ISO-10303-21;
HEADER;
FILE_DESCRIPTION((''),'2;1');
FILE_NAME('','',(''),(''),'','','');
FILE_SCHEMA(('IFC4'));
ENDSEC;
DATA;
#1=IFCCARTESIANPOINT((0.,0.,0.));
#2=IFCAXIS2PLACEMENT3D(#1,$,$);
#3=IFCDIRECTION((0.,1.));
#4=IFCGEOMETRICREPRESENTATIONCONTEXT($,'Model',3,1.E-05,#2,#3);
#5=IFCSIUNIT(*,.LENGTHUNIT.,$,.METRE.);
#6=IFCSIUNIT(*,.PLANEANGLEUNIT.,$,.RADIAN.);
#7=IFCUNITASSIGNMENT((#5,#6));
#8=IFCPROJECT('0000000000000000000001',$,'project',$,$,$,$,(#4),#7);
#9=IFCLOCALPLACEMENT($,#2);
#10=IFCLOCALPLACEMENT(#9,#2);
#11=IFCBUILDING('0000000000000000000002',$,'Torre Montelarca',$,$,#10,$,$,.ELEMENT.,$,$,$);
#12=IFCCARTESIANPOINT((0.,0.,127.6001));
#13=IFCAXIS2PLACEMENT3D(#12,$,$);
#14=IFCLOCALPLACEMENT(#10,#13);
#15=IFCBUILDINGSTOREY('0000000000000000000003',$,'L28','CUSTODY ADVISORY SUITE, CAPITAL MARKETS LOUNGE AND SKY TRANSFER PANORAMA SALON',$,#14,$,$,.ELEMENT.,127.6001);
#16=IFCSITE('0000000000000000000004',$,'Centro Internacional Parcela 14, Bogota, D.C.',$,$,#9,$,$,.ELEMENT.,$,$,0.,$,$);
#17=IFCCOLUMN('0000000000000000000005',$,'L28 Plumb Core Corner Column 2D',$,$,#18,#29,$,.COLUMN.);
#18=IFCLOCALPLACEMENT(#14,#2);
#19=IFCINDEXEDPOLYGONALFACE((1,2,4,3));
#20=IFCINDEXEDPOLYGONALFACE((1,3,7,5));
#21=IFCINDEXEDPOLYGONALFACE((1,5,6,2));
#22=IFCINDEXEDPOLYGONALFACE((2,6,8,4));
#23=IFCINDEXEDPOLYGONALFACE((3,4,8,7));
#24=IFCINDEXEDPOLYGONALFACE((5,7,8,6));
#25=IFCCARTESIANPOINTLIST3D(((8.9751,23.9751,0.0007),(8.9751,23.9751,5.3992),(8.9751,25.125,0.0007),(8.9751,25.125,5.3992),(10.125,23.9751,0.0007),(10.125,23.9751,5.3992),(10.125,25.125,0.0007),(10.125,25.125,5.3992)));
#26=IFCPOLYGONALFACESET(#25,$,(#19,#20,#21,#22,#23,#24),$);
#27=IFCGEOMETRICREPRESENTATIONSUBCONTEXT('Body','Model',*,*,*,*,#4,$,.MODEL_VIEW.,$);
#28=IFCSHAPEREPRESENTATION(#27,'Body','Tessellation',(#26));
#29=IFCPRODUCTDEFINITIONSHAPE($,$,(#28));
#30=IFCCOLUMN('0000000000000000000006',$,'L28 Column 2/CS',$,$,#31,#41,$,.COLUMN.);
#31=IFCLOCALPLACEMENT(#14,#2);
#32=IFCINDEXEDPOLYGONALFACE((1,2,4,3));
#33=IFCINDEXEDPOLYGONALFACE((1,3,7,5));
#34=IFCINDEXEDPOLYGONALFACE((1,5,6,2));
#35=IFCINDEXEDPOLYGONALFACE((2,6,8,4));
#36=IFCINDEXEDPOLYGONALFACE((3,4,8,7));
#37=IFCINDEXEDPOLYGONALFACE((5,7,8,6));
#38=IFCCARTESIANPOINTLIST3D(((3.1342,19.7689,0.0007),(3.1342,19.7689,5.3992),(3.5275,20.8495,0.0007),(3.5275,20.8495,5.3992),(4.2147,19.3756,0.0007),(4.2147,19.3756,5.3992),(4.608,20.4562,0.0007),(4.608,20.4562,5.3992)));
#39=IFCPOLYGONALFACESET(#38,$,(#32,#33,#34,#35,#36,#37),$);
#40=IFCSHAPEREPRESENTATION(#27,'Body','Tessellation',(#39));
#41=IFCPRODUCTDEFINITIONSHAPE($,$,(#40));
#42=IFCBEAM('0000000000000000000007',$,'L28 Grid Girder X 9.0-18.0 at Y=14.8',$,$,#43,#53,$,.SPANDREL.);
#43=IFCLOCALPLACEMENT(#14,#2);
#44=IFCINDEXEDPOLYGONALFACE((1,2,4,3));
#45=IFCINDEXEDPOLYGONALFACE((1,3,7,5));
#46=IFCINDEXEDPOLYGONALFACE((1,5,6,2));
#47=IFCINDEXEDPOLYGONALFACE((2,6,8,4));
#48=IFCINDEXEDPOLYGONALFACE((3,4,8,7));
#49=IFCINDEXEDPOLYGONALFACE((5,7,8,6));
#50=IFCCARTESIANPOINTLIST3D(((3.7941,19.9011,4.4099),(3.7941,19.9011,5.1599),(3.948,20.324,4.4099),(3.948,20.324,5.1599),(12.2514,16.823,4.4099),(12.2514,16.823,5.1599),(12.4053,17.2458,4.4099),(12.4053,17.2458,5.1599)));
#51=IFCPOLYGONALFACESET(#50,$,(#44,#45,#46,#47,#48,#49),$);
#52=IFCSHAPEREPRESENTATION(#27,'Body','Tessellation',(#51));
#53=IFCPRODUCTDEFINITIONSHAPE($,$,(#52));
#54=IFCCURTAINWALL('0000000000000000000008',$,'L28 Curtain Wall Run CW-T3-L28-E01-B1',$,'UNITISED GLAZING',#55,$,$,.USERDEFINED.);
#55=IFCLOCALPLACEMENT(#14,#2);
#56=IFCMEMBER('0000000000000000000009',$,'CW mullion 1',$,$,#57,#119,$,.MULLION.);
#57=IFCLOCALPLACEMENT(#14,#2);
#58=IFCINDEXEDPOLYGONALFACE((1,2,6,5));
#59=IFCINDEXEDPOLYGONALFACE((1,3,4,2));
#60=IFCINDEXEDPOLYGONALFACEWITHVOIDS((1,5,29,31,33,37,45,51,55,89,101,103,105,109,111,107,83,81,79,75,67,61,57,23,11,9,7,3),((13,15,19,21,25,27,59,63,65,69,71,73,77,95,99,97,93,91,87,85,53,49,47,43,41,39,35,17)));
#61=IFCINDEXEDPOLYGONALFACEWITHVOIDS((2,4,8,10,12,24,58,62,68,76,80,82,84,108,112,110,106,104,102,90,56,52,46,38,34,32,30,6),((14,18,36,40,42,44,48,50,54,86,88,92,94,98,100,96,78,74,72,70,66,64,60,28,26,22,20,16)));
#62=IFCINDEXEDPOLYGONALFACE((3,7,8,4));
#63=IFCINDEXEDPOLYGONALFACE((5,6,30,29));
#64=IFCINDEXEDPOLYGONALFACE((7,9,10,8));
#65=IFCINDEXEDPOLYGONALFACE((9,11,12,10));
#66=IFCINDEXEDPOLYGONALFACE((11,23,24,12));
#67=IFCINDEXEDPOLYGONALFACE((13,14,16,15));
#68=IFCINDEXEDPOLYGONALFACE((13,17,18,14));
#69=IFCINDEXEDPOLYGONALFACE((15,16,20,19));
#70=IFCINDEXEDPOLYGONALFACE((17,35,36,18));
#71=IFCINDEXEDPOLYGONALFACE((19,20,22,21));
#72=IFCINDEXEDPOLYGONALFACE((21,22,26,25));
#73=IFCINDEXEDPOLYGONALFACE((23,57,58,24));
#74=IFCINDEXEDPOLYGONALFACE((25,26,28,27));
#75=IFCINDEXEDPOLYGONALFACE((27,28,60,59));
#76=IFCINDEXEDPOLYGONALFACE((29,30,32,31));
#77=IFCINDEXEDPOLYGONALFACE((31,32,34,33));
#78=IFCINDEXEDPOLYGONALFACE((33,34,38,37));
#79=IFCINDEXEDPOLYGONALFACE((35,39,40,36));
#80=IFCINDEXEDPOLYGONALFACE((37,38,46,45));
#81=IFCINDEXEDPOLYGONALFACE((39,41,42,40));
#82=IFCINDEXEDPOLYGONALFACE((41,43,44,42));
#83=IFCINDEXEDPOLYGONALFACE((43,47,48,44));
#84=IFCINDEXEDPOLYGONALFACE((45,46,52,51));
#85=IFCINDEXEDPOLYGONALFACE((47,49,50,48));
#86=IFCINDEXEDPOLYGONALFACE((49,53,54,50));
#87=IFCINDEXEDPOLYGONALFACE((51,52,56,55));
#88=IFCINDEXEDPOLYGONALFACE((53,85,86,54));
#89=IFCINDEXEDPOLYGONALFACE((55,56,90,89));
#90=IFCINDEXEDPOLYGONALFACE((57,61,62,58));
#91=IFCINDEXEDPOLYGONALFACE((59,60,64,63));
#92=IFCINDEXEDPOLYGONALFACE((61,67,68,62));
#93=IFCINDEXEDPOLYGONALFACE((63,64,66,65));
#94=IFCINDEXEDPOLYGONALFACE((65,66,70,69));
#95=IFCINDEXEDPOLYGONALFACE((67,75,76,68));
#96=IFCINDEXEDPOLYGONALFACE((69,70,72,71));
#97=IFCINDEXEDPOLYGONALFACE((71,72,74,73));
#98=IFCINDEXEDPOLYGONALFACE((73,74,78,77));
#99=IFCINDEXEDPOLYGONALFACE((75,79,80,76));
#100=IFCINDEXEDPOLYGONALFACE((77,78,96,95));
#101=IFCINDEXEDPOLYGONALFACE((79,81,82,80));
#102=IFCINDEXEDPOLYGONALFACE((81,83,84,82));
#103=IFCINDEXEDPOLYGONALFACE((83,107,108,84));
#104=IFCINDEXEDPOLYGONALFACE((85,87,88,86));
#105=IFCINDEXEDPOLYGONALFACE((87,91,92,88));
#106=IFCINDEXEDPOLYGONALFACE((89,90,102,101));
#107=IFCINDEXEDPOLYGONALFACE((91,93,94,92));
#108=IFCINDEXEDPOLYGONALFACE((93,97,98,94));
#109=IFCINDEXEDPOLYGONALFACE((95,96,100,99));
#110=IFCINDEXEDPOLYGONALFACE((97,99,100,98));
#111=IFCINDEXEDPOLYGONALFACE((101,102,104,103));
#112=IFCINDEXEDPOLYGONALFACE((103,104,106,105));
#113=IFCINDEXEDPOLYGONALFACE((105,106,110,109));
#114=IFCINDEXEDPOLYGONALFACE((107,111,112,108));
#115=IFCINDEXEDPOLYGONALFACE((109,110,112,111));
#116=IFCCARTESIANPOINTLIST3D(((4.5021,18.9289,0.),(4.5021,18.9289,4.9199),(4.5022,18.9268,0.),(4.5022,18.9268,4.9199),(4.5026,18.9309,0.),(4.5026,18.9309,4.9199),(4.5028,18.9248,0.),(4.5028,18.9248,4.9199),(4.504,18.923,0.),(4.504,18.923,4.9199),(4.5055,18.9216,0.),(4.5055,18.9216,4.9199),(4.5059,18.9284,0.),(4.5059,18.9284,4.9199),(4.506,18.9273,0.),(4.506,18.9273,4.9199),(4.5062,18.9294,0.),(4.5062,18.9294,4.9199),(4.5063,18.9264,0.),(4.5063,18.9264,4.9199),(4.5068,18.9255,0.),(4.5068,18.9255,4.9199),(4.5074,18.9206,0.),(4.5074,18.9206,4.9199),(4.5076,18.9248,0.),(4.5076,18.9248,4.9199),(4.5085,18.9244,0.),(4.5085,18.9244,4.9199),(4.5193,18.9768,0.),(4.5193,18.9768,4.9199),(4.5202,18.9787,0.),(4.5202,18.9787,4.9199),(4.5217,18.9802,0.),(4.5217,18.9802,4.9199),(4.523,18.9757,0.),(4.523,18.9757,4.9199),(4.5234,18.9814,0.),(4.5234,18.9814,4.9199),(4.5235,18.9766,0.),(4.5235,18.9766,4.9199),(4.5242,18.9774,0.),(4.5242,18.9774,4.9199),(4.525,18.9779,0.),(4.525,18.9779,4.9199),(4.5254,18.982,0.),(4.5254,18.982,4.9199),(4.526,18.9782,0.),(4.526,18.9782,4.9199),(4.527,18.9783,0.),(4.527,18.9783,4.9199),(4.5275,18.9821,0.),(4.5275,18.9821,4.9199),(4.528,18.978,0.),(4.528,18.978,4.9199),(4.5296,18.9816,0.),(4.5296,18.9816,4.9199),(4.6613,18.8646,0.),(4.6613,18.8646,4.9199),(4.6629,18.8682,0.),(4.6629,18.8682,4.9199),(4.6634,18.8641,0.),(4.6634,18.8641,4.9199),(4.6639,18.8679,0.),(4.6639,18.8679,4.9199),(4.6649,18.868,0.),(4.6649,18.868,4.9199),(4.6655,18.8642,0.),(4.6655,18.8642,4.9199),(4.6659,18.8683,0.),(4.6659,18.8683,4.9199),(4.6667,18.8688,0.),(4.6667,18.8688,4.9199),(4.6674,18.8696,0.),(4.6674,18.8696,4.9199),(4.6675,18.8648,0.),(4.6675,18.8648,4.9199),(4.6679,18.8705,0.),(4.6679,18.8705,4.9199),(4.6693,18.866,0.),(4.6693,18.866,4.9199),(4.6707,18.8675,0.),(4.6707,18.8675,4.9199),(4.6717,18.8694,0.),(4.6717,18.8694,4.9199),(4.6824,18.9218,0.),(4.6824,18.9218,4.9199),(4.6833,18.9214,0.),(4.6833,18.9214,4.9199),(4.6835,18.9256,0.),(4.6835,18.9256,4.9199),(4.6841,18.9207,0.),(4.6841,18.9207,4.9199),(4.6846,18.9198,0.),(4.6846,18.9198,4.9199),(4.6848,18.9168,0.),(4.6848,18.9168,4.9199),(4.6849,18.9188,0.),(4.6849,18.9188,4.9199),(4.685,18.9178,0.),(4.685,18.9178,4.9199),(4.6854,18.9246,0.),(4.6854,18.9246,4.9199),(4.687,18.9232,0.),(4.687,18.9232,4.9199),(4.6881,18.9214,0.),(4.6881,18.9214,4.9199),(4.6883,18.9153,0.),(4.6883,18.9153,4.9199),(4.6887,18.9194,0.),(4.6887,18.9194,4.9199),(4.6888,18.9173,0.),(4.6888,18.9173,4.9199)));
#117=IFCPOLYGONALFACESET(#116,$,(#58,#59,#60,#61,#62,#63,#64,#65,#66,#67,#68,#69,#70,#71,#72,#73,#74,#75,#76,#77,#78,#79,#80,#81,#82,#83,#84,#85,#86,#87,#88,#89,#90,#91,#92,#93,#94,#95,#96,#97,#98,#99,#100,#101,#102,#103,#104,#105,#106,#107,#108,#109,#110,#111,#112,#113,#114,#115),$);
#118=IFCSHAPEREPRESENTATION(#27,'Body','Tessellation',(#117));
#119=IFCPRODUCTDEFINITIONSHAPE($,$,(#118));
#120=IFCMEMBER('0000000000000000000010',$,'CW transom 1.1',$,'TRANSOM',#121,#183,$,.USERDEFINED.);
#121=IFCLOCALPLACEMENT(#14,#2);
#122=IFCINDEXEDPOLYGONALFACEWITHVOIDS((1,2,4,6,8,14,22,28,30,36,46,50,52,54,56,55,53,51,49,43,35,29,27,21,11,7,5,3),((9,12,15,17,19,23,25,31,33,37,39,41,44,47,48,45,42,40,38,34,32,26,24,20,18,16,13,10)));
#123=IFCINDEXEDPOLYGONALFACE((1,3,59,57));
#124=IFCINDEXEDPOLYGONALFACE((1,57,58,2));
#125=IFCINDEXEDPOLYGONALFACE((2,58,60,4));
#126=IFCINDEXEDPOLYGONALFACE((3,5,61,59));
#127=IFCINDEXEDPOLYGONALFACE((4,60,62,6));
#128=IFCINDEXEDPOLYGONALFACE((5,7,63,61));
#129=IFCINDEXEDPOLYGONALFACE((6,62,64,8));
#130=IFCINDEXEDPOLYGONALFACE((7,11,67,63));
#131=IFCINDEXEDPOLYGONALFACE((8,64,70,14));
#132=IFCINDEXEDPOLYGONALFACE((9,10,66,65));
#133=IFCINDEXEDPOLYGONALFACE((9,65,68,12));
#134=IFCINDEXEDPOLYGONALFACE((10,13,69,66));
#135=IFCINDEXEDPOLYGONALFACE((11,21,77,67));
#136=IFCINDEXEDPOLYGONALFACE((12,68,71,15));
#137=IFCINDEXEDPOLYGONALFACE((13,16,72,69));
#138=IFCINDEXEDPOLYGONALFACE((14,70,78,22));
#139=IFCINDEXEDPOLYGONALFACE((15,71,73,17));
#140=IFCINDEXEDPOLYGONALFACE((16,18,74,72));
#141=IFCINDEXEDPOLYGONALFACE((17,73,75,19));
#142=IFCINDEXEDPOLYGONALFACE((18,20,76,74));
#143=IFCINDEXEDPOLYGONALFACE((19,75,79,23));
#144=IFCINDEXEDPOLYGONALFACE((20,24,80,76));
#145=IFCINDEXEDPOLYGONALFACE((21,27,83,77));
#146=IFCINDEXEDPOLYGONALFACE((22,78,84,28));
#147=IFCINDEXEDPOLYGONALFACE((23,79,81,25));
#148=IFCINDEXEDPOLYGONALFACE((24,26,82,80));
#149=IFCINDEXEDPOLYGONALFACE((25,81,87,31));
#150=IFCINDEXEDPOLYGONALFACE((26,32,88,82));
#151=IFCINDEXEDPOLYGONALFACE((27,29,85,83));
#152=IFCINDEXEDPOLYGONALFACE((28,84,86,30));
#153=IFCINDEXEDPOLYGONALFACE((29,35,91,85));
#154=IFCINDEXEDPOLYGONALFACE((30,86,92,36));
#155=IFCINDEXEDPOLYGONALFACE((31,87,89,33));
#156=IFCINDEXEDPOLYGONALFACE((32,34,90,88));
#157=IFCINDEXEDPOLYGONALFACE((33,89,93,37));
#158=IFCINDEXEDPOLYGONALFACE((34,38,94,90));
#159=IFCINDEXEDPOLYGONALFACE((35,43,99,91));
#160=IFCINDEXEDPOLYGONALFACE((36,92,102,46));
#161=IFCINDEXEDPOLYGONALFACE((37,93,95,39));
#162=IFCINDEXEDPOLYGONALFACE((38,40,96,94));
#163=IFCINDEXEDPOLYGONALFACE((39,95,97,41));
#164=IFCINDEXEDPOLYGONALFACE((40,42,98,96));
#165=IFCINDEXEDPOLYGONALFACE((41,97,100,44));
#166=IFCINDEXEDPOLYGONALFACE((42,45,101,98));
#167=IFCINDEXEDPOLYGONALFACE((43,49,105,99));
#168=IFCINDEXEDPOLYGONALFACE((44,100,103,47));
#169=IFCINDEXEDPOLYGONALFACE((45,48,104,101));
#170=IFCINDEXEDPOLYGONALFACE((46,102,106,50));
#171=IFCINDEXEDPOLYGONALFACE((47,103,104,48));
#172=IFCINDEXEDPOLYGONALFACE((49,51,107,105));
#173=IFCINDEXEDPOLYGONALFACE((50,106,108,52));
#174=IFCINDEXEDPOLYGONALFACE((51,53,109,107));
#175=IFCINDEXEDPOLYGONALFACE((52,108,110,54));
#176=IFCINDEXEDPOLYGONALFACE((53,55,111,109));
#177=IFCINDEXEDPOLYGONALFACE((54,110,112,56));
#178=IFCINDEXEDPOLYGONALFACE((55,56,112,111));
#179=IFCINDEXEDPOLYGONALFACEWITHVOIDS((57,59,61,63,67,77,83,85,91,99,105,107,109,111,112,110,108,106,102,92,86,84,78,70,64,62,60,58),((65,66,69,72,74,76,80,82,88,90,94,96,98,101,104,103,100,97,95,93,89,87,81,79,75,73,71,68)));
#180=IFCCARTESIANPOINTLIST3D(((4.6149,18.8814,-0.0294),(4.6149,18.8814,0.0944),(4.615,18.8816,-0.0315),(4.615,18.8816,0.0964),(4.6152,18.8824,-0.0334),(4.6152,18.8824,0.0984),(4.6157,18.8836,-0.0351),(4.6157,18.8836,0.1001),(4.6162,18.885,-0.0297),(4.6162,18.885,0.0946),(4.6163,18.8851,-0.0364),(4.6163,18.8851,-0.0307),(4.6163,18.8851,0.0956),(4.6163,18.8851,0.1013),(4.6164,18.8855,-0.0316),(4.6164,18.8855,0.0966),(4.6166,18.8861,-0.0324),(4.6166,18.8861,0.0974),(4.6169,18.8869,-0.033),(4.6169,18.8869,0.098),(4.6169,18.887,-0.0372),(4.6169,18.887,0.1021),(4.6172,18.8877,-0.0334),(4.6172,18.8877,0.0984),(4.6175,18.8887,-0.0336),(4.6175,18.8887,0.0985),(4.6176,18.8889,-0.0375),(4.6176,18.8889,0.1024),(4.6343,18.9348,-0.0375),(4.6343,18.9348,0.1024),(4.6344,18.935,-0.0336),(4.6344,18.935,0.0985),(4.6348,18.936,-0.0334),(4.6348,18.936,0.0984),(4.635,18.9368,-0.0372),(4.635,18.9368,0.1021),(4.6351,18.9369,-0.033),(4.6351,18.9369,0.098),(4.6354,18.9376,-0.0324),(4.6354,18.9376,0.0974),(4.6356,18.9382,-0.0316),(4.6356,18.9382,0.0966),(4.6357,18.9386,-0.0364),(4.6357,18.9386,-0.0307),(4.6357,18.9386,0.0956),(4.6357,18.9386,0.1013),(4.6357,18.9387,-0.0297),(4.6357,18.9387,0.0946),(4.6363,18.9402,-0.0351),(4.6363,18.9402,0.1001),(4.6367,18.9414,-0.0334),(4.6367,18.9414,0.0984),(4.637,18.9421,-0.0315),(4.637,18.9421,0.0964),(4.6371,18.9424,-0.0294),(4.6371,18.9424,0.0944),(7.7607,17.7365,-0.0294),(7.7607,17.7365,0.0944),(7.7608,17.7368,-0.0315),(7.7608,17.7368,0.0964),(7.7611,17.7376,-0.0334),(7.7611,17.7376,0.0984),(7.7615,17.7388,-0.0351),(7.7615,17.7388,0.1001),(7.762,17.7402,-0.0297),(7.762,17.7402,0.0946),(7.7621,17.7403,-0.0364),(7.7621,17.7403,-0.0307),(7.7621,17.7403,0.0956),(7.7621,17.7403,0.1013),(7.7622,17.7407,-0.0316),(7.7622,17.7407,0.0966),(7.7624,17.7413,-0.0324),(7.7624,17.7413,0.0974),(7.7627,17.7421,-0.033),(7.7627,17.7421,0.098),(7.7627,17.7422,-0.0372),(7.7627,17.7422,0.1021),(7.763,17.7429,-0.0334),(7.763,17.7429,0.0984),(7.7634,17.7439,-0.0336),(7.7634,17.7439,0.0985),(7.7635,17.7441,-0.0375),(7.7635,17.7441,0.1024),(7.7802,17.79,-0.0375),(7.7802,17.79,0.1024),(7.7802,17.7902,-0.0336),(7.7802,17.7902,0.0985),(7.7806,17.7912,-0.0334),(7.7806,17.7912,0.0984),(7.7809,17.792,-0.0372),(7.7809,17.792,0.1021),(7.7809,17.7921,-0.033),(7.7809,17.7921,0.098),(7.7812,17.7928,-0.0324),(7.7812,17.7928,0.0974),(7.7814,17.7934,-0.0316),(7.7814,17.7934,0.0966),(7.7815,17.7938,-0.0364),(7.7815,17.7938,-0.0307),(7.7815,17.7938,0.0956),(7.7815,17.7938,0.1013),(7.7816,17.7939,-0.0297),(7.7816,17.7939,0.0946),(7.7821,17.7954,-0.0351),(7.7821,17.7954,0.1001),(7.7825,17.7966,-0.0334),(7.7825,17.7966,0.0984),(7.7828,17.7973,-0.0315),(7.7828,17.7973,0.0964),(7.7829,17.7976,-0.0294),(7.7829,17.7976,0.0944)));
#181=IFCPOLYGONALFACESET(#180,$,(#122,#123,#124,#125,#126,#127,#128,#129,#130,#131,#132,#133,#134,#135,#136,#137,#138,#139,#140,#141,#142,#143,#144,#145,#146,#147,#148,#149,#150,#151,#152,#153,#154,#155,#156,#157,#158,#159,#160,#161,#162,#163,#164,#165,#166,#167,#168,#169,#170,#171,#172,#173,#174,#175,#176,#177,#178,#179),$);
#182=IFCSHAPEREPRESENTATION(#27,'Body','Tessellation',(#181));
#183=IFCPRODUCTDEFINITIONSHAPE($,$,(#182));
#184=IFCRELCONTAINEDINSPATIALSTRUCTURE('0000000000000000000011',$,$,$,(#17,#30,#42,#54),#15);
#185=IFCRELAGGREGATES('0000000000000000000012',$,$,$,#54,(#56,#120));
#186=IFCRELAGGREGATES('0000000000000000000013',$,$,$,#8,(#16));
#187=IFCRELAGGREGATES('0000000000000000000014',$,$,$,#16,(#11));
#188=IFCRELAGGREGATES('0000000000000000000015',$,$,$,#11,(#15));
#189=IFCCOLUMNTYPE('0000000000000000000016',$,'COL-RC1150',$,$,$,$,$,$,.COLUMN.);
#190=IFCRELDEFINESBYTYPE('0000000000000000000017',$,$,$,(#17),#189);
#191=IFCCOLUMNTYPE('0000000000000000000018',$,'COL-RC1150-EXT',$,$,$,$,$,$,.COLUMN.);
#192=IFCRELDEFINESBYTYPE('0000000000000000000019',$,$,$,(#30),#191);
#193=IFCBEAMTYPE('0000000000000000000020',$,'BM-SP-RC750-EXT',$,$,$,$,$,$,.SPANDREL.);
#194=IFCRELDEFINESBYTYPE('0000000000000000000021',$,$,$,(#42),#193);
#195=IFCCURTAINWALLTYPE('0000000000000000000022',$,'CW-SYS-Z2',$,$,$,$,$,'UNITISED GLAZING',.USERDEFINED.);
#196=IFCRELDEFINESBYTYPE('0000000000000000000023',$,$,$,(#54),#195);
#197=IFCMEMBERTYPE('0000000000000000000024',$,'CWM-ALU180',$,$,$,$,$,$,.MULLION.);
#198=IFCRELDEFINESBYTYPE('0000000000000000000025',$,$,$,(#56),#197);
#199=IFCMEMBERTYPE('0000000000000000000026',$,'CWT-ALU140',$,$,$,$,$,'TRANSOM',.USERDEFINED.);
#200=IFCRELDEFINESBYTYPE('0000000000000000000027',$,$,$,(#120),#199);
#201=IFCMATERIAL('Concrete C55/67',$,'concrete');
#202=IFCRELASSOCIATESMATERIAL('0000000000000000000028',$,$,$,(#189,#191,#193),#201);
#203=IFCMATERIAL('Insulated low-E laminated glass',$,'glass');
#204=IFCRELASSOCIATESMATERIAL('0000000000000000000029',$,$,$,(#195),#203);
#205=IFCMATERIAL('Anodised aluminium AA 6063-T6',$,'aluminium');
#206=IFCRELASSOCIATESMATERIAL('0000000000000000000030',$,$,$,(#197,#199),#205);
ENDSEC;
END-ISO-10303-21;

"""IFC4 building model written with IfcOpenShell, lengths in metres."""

from ifc_helpers import new_model, si_unit, direction, frame, origin, origin_2d, place, context, subcontext, project, spatial, rectangle, hollow_rectangle, extrude, source, transform, mapped, material, material_profile, profile_set, type_object, element, aggregate, save


model = new_model("IFC4")

# Units and contexts
model_context = context("Model", 3, precision=1e-05, world=origin(), true_north=direction((0.0, 1.0)))
body_context = subcontext(model_context, "Body", "Model", "MODEL_VIEW")
ifc_project = project(units=[si_unit("LENGTHUNIT", "METRE"), si_unit("PLANEANGLEUNIT", "RADIAN")], contexts=[model_context])

# Site, building, storey
site_placement = place(None, origin())
site = spatial("IfcSite", under=ifc_project, at=site_placement, Name="Centro Internacional Parcela 14, Bogota, D.C.", CompositionType="ELEMENT", RefElevation=0.0)
building_placement = place(site_placement, origin())
building = spatial("IfcBuilding", under=site, at=building_placement, Name="Torre Montelarca", CompositionType="ELEMENT")
storey_placement = place(building_placement, frame((0.0, 0.0, 127.6001)))
storey = spatial("IfcBuildingStorey", under=building, at=storey_placement, Name="L28", Description="CUSTODY ADVISORY SUITE, CAPITAL MARKETS LOUNGE AND SKY TRANSFER PANORAMA SALON", CompositionType="ELEMENT", Elevation=127.6001)

# Columns
ifc_material_1 = material(Name="Concrete C55/67", Category="concrete")
ifc_material_profile_1 = material_profile(ifc_material_1, rectangle(XDim=1.1499, YDim=1.1499, at=origin_2d()), Name="RC1150X1150", Category="concrete")
ifc_profile_set_1 = profile_set([ifc_material_profile_1], Name="Concrete C55/67")
column_type_1 = type_object("IfcColumnType", Name="COL-RC1150", PredefinedType="COLUMN", material=ifc_profile_set_1)
shared_shape_1 = source(origin(), body_context, "Body", "SweptSolid", [
    extrude(rectangle(XDim=1.1499, YDim=1.1499, at=origin_2d()), origin(), (0.0, 0.0, 1.0), 5.3984),
])
column_1_placement = place(storey_placement, frame((9.55, 24.55, 0.0007), z_axis=(0.0, 0.0, 1.0), x_axis=(1.0, 0.0, 0.0)))
element("IfcColumn", 1, at=column_1_placement, inside=storey, type_object=column_type_1, Name="L28 Plumb Core Corner Column 2D", PredefinedType="COLUMN", context=body_context, shape_type="MappedRepresentation", body=[
    mapped(shared_shape_1, transform((0.0, 0.0, 0.0), scale=1.0)),
])
ifc_material_profile_2 = material_profile(ifc_material_1, rectangle(XDim=1.1499, YDim=1.1499, at=origin_2d()), Name="RC1150X1150", Category="concrete")
ifc_profile_set_2 = profile_set([ifc_material_profile_2], Name="Concrete C55/67")
column_type_2 = type_object("IfcColumnType", Name="COL-RC1150-EXT", PredefinedType="COLUMN", material=ifc_profile_set_2)
shared_shape_2 = source(origin(), body_context, "Body", "SweptSolid", [
    extrude(rectangle(XDim=1.1499, YDim=1.1499, at=origin_2d()), origin(), (0.0, 0.0, 1.0), 5.3984),
])
column_2_placement = place(storey_placement, frame((3.8711, 20.1125, 0.0007), z_axis=(0.0, 0.0, 1.0), x_axis=(-0.939693, 0.34202, 0.0)))
element("IfcColumn", 2, at=column_2_placement, inside=storey, type_object=column_type_2, Name="L28 Column 2/CS", PredefinedType="COLUMN", context=body_context, shape_type="MappedRepresentation", body=[
    mapped(shared_shape_2, transform((0.0, 0.0, 0.0), scale=1.0)),
])

# Beam
ifc_material_profile_3 = material_profile(ifc_material_1, rectangle(XDim=0.45, YDim=0.75, at=origin_2d()), Name="RCB450X750", Category="concrete")
ifc_profile_set_3 = profile_set([ifc_material_profile_3], Name="Concrete C55/67")
beam_type = type_object("IfcBeamType", Name="BM-SP-RC750-EXT", PredefinedType="SPANDREL", material=ifc_profile_set_3)
shared_shape_3 = source(origin(), body_context, "Body", "SweptSolid", [
    extrude(rectangle(XDim=0.45, YDim=0.75, at=origin_2d()), origin(), (0.0, 0.0, 1.0), 9.0),
])
beam_placement = place(storey_placement, frame((3.8711, 20.1125, 4.7849), z_axis=(0.939695, -0.342013, 0.0), x_axis=(0.342013, 0.939695, 0.0)))
element("IfcBeam", 3, at=beam_placement, inside=storey, type_object=beam_type, Name="L28 Grid Girder X 9.0-18.0 at Y=14.8", PredefinedType="SPANDREL", context=body_context, shape_type="MappedRepresentation", body=[
    mapped(shared_shape_3, transform((0.0, 0.0, 0.0), scale=1.0)),
])

# Curtain wall, members
ifc_material_2 = material(Name="Insulated low-E laminated glass", Category="glass")
curtain_wall_type = type_object("IfcCurtainWallType", Name="CW-SYS-Z2", ElementType="UNITISED GLAZING", PredefinedType="USERDEFINED", material=ifc_material_2)
curtain_wall_placement = place(storey_placement, origin())
curtain_wall = element("IfcCurtainWall", 4, at=curtain_wall_placement, inside=storey, type_object=curtain_wall_type, Name="L28 Curtain Wall Run CW-T3-L28-E01-B1", ObjectType="UNITISED GLAZING", PredefinedType="USERDEFINED")
ifc_material_3 = material(Name="Anodised aluminium AA 6063-T6", Category="aluminium")
ifc_material_profile_4 = material_profile(ifc_material_3, hollow_rectangle(XDim=0.0649, YDim=0.1799, WallThickness=0.0039, InnerFilletRadius=0.0039, OuterFilletRadius=0.0081, at=origin_2d()), Name="ALU65X180X4", Category="aluminium")
ifc_profile_set_4 = profile_set([ifc_material_profile_4], Name="Anodised aluminium AA 6063-T6")
member_type_1 = type_object("IfcMemberType", Name="CWM-ALU180", PredefinedType="MULLION", material=ifc_profile_set_4)
shared_shape_4 = source(origin(), body_context, "Body", "SweptSolid", [
    extrude(hollow_rectangle(XDim=0.0649, YDim=0.1799, WallThickness=0.0039, InnerFilletRadius=0.0039, OuterFilletRadius=0.0081, at=origin_2d()), origin(), (0.0, 0.0, 1.0), 4.9199),
])
member_1_placement = place(storey_placement, frame((4.5955, 18.9231, 0.0), z_axis=(0.0, 0.0, 1.0), x_axis=(0.342004, 0.939698, 0.0)))
member_1 = element("IfcMember", 5, at=member_1_placement, type_object=member_type_1, Name="CW mullion 1", PredefinedType="MULLION", context=body_context, shape_type="MappedRepresentation", body=[
    mapped(shared_shape_4, transform((0.0, 0.0, 0.0), scale=1.0)),
])
ifc_material_profile_5 = material_profile(ifc_material_3, hollow_rectangle(XDim=0.0649, YDim=0.1399, WallThickness=0.0039, InnerFilletRadius=0.0039, OuterFilletRadius=0.0081, at=origin_2d()), Name="ALU65X140X4", Category="aluminium")
ifc_profile_set_5 = profile_set([ifc_material_profile_5], Name="Anodised aluminium AA 6063-T6")
member_type_2 = type_object("IfcMemberType", Name="CWT-ALU140", ElementType="TRANSOM", PredefinedType="USERDEFINED", material=ifc_profile_set_5)
shared_shape_5 = source(origin(), body_context, "Body", "SweptSolid", [
    extrude(hollow_rectangle(XDim=0.0649, YDim=0.1399, WallThickness=0.0039, InnerFilletRadius=0.0039, OuterFilletRadius=0.0081, at=origin_2d()), origin(), (0.0, 0.0, 1.0), 3.3477),
])
member_2_placement = place(storey_placement, frame((4.626, 18.9119, 0.0325), z_axis=(0.93971, -0.341971, 0.0), x_axis=(0.341971, 0.93971, 0.0)))
member_2 = element("IfcMember", 6, at=member_2_placement, type_object=member_type_2, Name="CW transom 1.1", ObjectType="TRANSOM", PredefinedType="USERDEFINED", context=body_context, shape_type="MappedRepresentation", body=[
    mapped(shared_shape_5, transform((0.0, 0.0, 0.0), scale=1.0)),
])
aggregate(curtain_wall, [member_1, member_2])

save(model, "model.ifc")
